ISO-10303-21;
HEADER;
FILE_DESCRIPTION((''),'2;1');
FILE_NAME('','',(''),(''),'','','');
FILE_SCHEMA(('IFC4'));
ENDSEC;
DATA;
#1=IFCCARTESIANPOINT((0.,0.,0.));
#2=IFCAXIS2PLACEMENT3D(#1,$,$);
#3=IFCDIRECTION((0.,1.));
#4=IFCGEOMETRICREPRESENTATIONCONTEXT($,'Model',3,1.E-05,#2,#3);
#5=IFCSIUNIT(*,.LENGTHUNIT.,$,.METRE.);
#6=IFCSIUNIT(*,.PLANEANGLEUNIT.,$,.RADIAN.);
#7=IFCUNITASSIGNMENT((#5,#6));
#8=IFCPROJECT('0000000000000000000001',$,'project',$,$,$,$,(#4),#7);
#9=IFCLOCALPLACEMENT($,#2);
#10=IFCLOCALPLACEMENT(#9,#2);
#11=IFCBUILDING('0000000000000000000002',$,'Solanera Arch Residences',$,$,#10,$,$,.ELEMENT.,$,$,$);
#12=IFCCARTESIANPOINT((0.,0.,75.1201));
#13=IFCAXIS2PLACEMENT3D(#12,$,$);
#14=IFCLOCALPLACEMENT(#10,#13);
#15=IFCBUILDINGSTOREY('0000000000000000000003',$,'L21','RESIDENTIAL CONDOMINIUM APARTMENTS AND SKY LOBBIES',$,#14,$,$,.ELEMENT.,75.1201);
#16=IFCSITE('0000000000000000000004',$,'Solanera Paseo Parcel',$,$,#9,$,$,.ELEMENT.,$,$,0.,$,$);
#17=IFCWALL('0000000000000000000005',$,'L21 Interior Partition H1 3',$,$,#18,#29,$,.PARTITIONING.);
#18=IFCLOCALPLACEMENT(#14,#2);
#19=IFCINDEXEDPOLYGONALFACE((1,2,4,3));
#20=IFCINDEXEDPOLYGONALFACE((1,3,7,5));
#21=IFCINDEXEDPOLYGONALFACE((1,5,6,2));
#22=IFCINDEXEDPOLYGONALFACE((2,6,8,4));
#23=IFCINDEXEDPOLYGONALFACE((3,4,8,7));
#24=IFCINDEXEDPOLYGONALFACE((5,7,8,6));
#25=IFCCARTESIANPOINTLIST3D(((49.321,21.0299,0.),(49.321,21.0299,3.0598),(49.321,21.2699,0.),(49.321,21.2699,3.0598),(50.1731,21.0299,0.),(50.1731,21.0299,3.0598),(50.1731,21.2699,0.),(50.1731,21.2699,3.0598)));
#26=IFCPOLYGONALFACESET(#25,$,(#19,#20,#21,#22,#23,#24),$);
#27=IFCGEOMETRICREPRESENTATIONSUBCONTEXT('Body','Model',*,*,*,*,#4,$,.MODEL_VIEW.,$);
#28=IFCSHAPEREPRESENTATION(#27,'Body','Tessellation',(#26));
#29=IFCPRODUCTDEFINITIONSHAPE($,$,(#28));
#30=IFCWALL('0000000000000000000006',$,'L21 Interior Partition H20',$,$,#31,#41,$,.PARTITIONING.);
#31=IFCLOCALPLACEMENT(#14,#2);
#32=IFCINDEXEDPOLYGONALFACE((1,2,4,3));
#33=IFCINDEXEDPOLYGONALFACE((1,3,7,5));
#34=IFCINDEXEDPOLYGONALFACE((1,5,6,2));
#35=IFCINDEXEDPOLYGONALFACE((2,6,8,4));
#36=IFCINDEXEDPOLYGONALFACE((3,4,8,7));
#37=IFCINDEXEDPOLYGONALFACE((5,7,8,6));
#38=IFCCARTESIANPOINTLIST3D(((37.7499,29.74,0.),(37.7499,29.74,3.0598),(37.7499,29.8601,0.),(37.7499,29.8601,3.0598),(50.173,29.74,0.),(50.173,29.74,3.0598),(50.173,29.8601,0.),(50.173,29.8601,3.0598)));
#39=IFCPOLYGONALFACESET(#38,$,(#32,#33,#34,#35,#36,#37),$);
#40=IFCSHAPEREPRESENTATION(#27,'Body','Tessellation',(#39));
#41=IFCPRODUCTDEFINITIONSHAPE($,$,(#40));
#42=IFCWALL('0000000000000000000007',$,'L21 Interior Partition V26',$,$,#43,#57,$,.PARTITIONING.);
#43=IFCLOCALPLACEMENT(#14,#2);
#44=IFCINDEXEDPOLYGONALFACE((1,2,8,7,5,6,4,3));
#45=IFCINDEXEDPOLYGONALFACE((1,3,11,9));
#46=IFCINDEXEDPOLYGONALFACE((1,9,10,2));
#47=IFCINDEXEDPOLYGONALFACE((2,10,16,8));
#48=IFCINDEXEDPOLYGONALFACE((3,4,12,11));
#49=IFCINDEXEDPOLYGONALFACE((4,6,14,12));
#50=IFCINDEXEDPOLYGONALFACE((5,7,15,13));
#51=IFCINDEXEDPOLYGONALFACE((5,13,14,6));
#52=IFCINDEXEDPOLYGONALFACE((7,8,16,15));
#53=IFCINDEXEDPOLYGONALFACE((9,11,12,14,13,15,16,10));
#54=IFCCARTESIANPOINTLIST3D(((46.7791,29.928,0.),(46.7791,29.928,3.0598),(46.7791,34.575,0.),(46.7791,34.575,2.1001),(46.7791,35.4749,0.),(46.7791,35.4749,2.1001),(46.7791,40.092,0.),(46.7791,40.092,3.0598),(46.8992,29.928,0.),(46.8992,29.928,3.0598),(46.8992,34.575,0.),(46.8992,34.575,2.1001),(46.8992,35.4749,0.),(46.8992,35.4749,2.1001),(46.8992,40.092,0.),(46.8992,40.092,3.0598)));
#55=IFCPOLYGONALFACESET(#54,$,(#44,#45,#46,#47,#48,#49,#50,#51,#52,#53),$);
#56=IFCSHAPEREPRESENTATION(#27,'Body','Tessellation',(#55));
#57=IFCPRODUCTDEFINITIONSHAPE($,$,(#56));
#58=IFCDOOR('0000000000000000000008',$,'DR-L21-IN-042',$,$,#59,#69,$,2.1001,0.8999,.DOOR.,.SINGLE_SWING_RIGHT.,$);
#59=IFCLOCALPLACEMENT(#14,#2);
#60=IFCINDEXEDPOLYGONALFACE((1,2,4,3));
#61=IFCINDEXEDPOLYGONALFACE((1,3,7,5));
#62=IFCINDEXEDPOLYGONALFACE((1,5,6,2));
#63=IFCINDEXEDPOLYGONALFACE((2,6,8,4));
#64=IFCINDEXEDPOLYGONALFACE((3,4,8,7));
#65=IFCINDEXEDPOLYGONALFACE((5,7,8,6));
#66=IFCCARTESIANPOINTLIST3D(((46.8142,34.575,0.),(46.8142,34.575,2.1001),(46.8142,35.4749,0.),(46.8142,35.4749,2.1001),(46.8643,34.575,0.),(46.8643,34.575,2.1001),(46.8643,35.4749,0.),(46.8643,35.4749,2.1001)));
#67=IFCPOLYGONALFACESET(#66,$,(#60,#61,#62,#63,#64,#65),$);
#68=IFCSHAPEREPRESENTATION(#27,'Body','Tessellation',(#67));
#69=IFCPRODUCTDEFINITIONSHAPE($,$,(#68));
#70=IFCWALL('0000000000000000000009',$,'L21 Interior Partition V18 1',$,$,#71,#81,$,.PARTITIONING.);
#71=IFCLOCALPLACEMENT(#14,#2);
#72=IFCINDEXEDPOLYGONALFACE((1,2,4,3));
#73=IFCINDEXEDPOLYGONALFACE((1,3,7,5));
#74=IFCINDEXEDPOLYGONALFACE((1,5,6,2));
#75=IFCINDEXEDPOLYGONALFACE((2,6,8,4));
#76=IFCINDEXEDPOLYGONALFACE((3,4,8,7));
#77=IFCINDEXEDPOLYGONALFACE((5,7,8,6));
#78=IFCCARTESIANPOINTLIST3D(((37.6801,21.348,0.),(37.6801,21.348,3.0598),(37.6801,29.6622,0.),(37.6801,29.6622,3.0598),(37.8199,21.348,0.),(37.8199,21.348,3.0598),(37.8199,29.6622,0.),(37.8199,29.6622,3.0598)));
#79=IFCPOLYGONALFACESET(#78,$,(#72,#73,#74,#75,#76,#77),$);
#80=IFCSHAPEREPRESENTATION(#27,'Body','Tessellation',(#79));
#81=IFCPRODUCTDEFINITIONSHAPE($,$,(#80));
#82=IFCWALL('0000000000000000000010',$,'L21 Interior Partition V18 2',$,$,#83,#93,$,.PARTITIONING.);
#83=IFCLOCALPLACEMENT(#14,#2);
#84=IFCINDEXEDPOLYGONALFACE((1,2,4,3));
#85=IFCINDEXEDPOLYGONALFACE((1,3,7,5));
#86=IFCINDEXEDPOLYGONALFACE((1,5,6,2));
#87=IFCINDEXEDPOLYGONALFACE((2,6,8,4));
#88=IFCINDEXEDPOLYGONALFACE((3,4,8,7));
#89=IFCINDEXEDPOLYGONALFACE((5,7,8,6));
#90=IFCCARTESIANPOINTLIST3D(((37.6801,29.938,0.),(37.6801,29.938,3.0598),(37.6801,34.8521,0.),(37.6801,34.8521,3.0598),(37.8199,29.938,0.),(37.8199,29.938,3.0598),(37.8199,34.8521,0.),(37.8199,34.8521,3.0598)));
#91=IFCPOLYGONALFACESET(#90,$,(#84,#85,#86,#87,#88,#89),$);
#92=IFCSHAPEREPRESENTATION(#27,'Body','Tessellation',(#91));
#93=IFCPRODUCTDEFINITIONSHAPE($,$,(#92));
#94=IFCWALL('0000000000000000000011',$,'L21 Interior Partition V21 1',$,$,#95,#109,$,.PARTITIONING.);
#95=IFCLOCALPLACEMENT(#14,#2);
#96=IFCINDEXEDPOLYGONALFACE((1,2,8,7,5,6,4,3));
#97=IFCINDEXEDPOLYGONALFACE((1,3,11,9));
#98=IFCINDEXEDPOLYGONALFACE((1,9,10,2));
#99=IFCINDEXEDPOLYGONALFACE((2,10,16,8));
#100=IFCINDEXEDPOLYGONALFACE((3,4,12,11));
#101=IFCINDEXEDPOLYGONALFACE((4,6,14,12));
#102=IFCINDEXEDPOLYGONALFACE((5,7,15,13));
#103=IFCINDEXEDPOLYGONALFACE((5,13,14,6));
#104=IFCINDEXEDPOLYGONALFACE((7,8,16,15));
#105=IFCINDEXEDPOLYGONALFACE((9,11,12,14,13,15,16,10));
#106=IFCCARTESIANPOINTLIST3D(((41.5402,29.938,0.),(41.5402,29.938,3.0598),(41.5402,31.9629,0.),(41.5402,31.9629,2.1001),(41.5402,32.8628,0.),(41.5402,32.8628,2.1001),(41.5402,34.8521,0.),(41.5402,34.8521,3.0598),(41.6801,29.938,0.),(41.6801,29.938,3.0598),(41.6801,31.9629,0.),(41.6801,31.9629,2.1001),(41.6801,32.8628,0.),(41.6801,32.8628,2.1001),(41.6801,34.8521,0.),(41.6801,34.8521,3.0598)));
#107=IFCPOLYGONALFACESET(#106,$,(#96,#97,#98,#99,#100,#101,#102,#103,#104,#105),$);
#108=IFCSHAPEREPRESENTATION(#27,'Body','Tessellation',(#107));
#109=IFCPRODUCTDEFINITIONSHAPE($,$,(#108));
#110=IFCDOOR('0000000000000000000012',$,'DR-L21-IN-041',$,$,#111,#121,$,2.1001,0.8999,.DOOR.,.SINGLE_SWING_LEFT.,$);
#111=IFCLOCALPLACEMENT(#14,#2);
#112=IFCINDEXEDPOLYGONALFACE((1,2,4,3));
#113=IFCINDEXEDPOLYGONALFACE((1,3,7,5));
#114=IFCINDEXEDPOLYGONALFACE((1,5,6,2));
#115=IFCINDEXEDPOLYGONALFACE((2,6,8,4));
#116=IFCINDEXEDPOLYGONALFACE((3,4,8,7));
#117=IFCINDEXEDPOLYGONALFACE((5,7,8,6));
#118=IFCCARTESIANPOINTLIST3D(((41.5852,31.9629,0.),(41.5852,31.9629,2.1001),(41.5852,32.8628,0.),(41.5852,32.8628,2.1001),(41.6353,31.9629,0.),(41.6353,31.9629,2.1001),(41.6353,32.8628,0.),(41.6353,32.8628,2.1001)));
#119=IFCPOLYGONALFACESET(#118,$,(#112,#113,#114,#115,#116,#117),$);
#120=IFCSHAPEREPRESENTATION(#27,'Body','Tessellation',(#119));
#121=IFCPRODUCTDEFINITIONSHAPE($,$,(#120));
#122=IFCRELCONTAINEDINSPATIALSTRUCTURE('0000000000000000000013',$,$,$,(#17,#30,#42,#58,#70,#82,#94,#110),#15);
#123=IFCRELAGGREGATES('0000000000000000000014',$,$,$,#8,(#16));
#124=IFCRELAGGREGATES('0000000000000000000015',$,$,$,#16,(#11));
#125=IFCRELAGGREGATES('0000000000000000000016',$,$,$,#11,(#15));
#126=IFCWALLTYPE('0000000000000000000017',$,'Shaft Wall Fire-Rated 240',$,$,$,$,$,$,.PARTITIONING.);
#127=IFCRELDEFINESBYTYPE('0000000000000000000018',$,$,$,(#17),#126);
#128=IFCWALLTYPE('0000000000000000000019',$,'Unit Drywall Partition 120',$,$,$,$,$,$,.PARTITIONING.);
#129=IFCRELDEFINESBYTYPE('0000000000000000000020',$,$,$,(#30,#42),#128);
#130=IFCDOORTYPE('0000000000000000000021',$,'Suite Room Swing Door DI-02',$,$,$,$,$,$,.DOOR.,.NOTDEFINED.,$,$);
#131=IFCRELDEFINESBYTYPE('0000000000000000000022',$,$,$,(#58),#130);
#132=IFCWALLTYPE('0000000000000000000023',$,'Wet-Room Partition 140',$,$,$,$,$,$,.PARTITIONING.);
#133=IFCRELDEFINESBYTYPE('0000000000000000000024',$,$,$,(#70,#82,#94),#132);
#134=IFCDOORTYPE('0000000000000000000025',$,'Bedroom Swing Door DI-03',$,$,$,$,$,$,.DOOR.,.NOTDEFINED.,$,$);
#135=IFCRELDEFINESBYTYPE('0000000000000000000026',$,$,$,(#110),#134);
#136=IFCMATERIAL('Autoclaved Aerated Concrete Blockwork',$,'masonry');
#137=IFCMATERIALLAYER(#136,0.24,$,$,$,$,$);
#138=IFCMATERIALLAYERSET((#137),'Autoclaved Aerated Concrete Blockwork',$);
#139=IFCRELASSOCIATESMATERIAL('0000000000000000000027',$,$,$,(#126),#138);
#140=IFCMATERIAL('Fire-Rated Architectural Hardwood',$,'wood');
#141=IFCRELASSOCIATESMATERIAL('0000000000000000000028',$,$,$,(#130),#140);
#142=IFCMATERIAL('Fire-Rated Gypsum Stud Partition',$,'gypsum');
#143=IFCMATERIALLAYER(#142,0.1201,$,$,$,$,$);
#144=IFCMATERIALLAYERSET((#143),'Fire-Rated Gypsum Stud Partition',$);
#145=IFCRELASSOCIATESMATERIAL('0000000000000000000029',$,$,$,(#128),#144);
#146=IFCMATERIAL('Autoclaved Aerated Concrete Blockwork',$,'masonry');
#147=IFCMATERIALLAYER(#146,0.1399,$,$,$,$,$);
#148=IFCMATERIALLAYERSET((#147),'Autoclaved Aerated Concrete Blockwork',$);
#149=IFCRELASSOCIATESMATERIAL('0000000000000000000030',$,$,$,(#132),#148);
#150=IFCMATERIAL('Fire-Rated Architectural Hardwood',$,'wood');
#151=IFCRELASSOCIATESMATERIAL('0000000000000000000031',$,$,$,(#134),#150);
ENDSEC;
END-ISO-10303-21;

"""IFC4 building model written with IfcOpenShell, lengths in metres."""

from ifc_helpers import new_model, si_unit, direction, frame, frame_2d, origin, place, context, subcontext, project, spatial, rectangle, extrude, material, layer, layer_set, type_object, element, fill, save


model = new_model("IFC4")

# Units and contexts
model_context = context("Model", 3, precision=1e-05, world=origin(), true_north=direction((0.0, 1.0)))
body_context = subcontext(model_context, "Body", "Model", "MODEL_VIEW")
ifc_project = project(units=[si_unit("LENGTHUNIT", "METRE"), si_unit("PLANEANGLEUNIT", "RADIAN")], contexts=[model_context])

# Site, building, storey
site_placement = place(None, origin())
site = spatial("IfcSite", under=ifc_project, at=site_placement, Name="Solanera Paseo Parcel", CompositionType="ELEMENT", RefElevation=0.0)
building_placement = place(site_placement, origin())
building = spatial("IfcBuilding", under=site, at=building_placement, Name="Solanera Arch Residences", CompositionType="ELEMENT")
storey_placement = place(building_placement, frame((0.0, 0.0, 75.1201)))
storey = spatial("IfcBuildingStorey", under=building, at=storey_placement, Name="L21", Description="RESIDENTIAL CONDOMINIUM APARTMENTS AND SKY LOBBIES", CompositionType="ELEMENT", Elevation=75.1201)

# Shared definitions
ifc_material_1 = material(Name="Autoclaved Aerated Concrete Blockwork", Category="masonry")
ifc_layer_1 = layer(ifc_material_1, 0.24)
ifc_layer_set_1 = layer_set([ifc_layer_1], Name="Autoclaved Aerated Concrete Blockwork")
wall_type_1 = type_object("IfcWallType", Name="Shaft Wall Fire-Rated 240", PredefinedType="PARTITIONING", material=ifc_layer_set_1)
ifc_material_2 = material(Name="Fire-Rated Architectural Hardwood", Category="wood")
door_type_1 = type_object("IfcDoorType", Name="Suite Room Swing Door DI-02", OperationType="NOTDEFINED", PredefinedType="DOOR", material=ifc_material_2)

# Walls
wall_1_placement = place(storey_placement, frame((49.321, 21.1499, 0.0), z_axis=(0.0, 0.0, 1.0), x_axis=(1.0, 0.0, 0.0)))
element("IfcWall", 1, at=wall_1_placement, inside=storey, type_object=wall_type_1, Name="L21 Interior Partition H1 3", PredefinedType="PARTITIONING", context=body_context, shape_type="SweptSolid", body=[
    extrude(rectangle(XDim=0.8521, YDim=0.24, at=frame_2d((0.426, 0.0))), origin(), (0.0, 0.0, 1.0), 3.0598),
])
ifc_material_3 = material(Name="Fire-Rated Gypsum Stud Partition", Category="gypsum")
ifc_layer_2 = layer(ifc_material_3, 0.1201)
ifc_layer_set_2 = layer_set([ifc_layer_2], Name="Fire-Rated Gypsum Stud Partition")
wall_type_2 = type_object("IfcWallType", Name="Unit Drywall Partition 120", PredefinedType="PARTITIONING", material=ifc_layer_set_2)
wall_2_placement = place(storey_placement, frame((37.75, 29.8, 0.0), z_axis=(0.0, 0.0, 1.0), x_axis=(1.0, 0.0, 0.0)))
element("IfcWall", 2, at=wall_2_placement, inside=storey, type_object=wall_type_2, Name="L21 Interior Partition H20", PredefinedType="PARTITIONING", context=body_context, shape_type="SweptSolid", body=[
    extrude(rectangle(XDim=12.4231, YDim=0.1201, at=frame_2d((6.2114, 0.0))), origin(), (0.0, 0.0, 1.0), 3.0598),
])

# Wall, opening, door
wall_3_placement = place(storey_placement, frame((46.8391, 29.928, 0.0), z_axis=(0.0, 0.0, 1.0), x_axis=(0.0, 1.0, 0.0)))
wall_3 = element("IfcWall", 3, at=wall_3_placement, inside=storey, type_object=wall_type_2, Name="L21 Interior Partition V26", PredefinedType="PARTITIONING", context=body_context, shape_type="SweptSolid", body=[
    extrude(rectangle(XDim=10.1641, YDim=0.1201, at=frame_2d((5.082, 0.0))), origin(), (0.0, 0.0, 1.0), 3.0598),
])
opening_1_placement = place(wall_3_placement, frame((4.647, 0.0, 0.0)))
opening_1 = element("IfcOpeningElement", 4, at=opening_1_placement, cuts=wall_3, PredefinedType="OPENING", context=body_context, shape_type="SweptSolid", body=[
    extrude(rectangle(XDim=0.8999, YDim=2.1001, at=frame_2d((0.45, 1.05))), frame((0.0, 0.0701, 0.0), z_axis=(0.0, -1.0, 0.0), x_axis=(1.0, 0.0, 0.0)), (0.0, 0.0, 1.0), 0.1401),
])
door_1_placement = place(opening_1_placement, origin())
door_1 = element("IfcDoor", 5, at=door_1_placement, inside=storey, type_object=door_type_1, Name="DR-L21-IN-042", OperationType="SINGLE_SWING_RIGHT", OverallHeight=2.1001, OverallWidth=0.8999, PredefinedType="DOOR", context=body_context, shape_type="SweptSolid", body=[
    extrude(rectangle(XDim=0.8999, YDim=2.1001, at=frame_2d((0.45, 1.05))), frame((0.0, 0.0249, 0.0), z_axis=(0.0, -1.0, 0.0), x_axis=(1.0, 0.0, 0.0)), (0.0, 0.0, 1.0), 0.05),
])
fill(opening_1, door_1)

# Walls
ifc_material_4 = material(Name="Autoclaved Aerated Concrete Blockwork", Category="masonry")
ifc_layer_3 = layer(ifc_material_4, 0.1399)
ifc_layer_set_3 = layer_set([ifc_layer_3], Name="Autoclaved Aerated Concrete Blockwork")
wall_type_3 = type_object("IfcWallType", Name="Wet-Room Partition 140", PredefinedType="PARTITIONING", material=ifc_layer_set_3)
wall_4_placement = place(storey_placement, frame((37.75, 21.3479, 0.0), z_axis=(0.0, 0.0, 1.0), x_axis=(0.0, 1.0, 0.0)))
element("IfcWall", 6, at=wall_4_placement, inside=storey, type_object=wall_type_3, Name="L21 Interior Partition V18 1", PredefinedType="PARTITIONING", context=body_context, shape_type="SweptSolid", body=[
    extrude(rectangle(XDim=8.3142, YDim=0.1399, at=frame_2d((4.1572, 0.0))), origin(), (0.0, 0.0, 1.0), 3.0598),
])
wall_5_placement = place(storey_placement, frame((37.75, 29.938, 0.0), z_axis=(0.0, 0.0, 1.0), x_axis=(0.0, 1.0, 0.0)))
element("IfcWall", 7, at=wall_5_placement, inside=storey, type_object=wall_type_3, Name="L21 Interior Partition V18 2", PredefinedType="PARTITIONING", context=body_context, shape_type="SweptSolid", body=[
    extrude(rectangle(XDim=4.9141, YDim=0.1399, at=frame_2d((2.457, 0.0))), origin(), (0.0, 0.0, 1.0), 3.0598),
])

# Wall, opening, door
wall_6_placement = place(storey_placement, frame((41.6101, 29.938, 0.0), z_axis=(0.0, 0.0, 1.0), x_axis=(0.0, 1.0, 0.0)))
wall_6 = element("IfcWall", 8, at=wall_6_placement, inside=storey, type_object=wall_type_3, Name="L21 Interior Partition V21 1", PredefinedType="PARTITIONING", context=body_context, shape_type="SweptSolid", body=[
    extrude(rectangle(XDim=4.9141, YDim=0.1399, at=frame_2d((2.457, 0.0))), origin(), (0.0, 0.0, 1.0), 3.0598),
])
opening_2_placement = place(wall_6_placement, frame((2.0249, 0.0, 0.0)))
opening_2 = element("IfcOpeningElement", 9, at=opening_2_placement, cuts=wall_6, PredefinedType="OPENING", context=body_context, shape_type="SweptSolid", body=[
    extrude(rectangle(XDim=0.8999, YDim=2.1001, at=frame_2d((0.45, 1.05))), frame((0.0, 0.0798, 0.0), z_axis=(0.0, -1.0, 0.0), x_axis=(1.0, 0.0, 0.0)), (0.0, 0.0, 1.0), 0.1599),
])
ifc_material_5 = material(Name="Fire-Rated Architectural Hardwood", Category="wood")
door_type_2 = type_object("IfcDoorType", Name="Bedroom Swing Door DI-03", OperationType="NOTDEFINED", PredefinedType="DOOR", material=ifc_material_5)
door_2_placement = place(opening_2_placement, origin())
door_2 = element("IfcDoor", 10, at=door_2_placement, inside=storey, type_object=door_type_2, Name="DR-L21-IN-041", OperationType="SINGLE_SWING_LEFT", OverallHeight=2.1001, OverallWidth=0.8999, PredefinedType="DOOR", context=body_context, shape_type="SweptSolid", body=[
    extrude(rectangle(XDim=0.8999, YDim=2.1001, at=frame_2d((0.45, 1.05))), frame((0.0, 0.0249, 0.0), z_axis=(0.0, -1.0, 0.0), x_axis=(1.0, 0.0, 0.0)), (0.0, 0.0, 1.0), 0.05),
])
fill(opening_2, door_2)

save(model, "model.ifc")
